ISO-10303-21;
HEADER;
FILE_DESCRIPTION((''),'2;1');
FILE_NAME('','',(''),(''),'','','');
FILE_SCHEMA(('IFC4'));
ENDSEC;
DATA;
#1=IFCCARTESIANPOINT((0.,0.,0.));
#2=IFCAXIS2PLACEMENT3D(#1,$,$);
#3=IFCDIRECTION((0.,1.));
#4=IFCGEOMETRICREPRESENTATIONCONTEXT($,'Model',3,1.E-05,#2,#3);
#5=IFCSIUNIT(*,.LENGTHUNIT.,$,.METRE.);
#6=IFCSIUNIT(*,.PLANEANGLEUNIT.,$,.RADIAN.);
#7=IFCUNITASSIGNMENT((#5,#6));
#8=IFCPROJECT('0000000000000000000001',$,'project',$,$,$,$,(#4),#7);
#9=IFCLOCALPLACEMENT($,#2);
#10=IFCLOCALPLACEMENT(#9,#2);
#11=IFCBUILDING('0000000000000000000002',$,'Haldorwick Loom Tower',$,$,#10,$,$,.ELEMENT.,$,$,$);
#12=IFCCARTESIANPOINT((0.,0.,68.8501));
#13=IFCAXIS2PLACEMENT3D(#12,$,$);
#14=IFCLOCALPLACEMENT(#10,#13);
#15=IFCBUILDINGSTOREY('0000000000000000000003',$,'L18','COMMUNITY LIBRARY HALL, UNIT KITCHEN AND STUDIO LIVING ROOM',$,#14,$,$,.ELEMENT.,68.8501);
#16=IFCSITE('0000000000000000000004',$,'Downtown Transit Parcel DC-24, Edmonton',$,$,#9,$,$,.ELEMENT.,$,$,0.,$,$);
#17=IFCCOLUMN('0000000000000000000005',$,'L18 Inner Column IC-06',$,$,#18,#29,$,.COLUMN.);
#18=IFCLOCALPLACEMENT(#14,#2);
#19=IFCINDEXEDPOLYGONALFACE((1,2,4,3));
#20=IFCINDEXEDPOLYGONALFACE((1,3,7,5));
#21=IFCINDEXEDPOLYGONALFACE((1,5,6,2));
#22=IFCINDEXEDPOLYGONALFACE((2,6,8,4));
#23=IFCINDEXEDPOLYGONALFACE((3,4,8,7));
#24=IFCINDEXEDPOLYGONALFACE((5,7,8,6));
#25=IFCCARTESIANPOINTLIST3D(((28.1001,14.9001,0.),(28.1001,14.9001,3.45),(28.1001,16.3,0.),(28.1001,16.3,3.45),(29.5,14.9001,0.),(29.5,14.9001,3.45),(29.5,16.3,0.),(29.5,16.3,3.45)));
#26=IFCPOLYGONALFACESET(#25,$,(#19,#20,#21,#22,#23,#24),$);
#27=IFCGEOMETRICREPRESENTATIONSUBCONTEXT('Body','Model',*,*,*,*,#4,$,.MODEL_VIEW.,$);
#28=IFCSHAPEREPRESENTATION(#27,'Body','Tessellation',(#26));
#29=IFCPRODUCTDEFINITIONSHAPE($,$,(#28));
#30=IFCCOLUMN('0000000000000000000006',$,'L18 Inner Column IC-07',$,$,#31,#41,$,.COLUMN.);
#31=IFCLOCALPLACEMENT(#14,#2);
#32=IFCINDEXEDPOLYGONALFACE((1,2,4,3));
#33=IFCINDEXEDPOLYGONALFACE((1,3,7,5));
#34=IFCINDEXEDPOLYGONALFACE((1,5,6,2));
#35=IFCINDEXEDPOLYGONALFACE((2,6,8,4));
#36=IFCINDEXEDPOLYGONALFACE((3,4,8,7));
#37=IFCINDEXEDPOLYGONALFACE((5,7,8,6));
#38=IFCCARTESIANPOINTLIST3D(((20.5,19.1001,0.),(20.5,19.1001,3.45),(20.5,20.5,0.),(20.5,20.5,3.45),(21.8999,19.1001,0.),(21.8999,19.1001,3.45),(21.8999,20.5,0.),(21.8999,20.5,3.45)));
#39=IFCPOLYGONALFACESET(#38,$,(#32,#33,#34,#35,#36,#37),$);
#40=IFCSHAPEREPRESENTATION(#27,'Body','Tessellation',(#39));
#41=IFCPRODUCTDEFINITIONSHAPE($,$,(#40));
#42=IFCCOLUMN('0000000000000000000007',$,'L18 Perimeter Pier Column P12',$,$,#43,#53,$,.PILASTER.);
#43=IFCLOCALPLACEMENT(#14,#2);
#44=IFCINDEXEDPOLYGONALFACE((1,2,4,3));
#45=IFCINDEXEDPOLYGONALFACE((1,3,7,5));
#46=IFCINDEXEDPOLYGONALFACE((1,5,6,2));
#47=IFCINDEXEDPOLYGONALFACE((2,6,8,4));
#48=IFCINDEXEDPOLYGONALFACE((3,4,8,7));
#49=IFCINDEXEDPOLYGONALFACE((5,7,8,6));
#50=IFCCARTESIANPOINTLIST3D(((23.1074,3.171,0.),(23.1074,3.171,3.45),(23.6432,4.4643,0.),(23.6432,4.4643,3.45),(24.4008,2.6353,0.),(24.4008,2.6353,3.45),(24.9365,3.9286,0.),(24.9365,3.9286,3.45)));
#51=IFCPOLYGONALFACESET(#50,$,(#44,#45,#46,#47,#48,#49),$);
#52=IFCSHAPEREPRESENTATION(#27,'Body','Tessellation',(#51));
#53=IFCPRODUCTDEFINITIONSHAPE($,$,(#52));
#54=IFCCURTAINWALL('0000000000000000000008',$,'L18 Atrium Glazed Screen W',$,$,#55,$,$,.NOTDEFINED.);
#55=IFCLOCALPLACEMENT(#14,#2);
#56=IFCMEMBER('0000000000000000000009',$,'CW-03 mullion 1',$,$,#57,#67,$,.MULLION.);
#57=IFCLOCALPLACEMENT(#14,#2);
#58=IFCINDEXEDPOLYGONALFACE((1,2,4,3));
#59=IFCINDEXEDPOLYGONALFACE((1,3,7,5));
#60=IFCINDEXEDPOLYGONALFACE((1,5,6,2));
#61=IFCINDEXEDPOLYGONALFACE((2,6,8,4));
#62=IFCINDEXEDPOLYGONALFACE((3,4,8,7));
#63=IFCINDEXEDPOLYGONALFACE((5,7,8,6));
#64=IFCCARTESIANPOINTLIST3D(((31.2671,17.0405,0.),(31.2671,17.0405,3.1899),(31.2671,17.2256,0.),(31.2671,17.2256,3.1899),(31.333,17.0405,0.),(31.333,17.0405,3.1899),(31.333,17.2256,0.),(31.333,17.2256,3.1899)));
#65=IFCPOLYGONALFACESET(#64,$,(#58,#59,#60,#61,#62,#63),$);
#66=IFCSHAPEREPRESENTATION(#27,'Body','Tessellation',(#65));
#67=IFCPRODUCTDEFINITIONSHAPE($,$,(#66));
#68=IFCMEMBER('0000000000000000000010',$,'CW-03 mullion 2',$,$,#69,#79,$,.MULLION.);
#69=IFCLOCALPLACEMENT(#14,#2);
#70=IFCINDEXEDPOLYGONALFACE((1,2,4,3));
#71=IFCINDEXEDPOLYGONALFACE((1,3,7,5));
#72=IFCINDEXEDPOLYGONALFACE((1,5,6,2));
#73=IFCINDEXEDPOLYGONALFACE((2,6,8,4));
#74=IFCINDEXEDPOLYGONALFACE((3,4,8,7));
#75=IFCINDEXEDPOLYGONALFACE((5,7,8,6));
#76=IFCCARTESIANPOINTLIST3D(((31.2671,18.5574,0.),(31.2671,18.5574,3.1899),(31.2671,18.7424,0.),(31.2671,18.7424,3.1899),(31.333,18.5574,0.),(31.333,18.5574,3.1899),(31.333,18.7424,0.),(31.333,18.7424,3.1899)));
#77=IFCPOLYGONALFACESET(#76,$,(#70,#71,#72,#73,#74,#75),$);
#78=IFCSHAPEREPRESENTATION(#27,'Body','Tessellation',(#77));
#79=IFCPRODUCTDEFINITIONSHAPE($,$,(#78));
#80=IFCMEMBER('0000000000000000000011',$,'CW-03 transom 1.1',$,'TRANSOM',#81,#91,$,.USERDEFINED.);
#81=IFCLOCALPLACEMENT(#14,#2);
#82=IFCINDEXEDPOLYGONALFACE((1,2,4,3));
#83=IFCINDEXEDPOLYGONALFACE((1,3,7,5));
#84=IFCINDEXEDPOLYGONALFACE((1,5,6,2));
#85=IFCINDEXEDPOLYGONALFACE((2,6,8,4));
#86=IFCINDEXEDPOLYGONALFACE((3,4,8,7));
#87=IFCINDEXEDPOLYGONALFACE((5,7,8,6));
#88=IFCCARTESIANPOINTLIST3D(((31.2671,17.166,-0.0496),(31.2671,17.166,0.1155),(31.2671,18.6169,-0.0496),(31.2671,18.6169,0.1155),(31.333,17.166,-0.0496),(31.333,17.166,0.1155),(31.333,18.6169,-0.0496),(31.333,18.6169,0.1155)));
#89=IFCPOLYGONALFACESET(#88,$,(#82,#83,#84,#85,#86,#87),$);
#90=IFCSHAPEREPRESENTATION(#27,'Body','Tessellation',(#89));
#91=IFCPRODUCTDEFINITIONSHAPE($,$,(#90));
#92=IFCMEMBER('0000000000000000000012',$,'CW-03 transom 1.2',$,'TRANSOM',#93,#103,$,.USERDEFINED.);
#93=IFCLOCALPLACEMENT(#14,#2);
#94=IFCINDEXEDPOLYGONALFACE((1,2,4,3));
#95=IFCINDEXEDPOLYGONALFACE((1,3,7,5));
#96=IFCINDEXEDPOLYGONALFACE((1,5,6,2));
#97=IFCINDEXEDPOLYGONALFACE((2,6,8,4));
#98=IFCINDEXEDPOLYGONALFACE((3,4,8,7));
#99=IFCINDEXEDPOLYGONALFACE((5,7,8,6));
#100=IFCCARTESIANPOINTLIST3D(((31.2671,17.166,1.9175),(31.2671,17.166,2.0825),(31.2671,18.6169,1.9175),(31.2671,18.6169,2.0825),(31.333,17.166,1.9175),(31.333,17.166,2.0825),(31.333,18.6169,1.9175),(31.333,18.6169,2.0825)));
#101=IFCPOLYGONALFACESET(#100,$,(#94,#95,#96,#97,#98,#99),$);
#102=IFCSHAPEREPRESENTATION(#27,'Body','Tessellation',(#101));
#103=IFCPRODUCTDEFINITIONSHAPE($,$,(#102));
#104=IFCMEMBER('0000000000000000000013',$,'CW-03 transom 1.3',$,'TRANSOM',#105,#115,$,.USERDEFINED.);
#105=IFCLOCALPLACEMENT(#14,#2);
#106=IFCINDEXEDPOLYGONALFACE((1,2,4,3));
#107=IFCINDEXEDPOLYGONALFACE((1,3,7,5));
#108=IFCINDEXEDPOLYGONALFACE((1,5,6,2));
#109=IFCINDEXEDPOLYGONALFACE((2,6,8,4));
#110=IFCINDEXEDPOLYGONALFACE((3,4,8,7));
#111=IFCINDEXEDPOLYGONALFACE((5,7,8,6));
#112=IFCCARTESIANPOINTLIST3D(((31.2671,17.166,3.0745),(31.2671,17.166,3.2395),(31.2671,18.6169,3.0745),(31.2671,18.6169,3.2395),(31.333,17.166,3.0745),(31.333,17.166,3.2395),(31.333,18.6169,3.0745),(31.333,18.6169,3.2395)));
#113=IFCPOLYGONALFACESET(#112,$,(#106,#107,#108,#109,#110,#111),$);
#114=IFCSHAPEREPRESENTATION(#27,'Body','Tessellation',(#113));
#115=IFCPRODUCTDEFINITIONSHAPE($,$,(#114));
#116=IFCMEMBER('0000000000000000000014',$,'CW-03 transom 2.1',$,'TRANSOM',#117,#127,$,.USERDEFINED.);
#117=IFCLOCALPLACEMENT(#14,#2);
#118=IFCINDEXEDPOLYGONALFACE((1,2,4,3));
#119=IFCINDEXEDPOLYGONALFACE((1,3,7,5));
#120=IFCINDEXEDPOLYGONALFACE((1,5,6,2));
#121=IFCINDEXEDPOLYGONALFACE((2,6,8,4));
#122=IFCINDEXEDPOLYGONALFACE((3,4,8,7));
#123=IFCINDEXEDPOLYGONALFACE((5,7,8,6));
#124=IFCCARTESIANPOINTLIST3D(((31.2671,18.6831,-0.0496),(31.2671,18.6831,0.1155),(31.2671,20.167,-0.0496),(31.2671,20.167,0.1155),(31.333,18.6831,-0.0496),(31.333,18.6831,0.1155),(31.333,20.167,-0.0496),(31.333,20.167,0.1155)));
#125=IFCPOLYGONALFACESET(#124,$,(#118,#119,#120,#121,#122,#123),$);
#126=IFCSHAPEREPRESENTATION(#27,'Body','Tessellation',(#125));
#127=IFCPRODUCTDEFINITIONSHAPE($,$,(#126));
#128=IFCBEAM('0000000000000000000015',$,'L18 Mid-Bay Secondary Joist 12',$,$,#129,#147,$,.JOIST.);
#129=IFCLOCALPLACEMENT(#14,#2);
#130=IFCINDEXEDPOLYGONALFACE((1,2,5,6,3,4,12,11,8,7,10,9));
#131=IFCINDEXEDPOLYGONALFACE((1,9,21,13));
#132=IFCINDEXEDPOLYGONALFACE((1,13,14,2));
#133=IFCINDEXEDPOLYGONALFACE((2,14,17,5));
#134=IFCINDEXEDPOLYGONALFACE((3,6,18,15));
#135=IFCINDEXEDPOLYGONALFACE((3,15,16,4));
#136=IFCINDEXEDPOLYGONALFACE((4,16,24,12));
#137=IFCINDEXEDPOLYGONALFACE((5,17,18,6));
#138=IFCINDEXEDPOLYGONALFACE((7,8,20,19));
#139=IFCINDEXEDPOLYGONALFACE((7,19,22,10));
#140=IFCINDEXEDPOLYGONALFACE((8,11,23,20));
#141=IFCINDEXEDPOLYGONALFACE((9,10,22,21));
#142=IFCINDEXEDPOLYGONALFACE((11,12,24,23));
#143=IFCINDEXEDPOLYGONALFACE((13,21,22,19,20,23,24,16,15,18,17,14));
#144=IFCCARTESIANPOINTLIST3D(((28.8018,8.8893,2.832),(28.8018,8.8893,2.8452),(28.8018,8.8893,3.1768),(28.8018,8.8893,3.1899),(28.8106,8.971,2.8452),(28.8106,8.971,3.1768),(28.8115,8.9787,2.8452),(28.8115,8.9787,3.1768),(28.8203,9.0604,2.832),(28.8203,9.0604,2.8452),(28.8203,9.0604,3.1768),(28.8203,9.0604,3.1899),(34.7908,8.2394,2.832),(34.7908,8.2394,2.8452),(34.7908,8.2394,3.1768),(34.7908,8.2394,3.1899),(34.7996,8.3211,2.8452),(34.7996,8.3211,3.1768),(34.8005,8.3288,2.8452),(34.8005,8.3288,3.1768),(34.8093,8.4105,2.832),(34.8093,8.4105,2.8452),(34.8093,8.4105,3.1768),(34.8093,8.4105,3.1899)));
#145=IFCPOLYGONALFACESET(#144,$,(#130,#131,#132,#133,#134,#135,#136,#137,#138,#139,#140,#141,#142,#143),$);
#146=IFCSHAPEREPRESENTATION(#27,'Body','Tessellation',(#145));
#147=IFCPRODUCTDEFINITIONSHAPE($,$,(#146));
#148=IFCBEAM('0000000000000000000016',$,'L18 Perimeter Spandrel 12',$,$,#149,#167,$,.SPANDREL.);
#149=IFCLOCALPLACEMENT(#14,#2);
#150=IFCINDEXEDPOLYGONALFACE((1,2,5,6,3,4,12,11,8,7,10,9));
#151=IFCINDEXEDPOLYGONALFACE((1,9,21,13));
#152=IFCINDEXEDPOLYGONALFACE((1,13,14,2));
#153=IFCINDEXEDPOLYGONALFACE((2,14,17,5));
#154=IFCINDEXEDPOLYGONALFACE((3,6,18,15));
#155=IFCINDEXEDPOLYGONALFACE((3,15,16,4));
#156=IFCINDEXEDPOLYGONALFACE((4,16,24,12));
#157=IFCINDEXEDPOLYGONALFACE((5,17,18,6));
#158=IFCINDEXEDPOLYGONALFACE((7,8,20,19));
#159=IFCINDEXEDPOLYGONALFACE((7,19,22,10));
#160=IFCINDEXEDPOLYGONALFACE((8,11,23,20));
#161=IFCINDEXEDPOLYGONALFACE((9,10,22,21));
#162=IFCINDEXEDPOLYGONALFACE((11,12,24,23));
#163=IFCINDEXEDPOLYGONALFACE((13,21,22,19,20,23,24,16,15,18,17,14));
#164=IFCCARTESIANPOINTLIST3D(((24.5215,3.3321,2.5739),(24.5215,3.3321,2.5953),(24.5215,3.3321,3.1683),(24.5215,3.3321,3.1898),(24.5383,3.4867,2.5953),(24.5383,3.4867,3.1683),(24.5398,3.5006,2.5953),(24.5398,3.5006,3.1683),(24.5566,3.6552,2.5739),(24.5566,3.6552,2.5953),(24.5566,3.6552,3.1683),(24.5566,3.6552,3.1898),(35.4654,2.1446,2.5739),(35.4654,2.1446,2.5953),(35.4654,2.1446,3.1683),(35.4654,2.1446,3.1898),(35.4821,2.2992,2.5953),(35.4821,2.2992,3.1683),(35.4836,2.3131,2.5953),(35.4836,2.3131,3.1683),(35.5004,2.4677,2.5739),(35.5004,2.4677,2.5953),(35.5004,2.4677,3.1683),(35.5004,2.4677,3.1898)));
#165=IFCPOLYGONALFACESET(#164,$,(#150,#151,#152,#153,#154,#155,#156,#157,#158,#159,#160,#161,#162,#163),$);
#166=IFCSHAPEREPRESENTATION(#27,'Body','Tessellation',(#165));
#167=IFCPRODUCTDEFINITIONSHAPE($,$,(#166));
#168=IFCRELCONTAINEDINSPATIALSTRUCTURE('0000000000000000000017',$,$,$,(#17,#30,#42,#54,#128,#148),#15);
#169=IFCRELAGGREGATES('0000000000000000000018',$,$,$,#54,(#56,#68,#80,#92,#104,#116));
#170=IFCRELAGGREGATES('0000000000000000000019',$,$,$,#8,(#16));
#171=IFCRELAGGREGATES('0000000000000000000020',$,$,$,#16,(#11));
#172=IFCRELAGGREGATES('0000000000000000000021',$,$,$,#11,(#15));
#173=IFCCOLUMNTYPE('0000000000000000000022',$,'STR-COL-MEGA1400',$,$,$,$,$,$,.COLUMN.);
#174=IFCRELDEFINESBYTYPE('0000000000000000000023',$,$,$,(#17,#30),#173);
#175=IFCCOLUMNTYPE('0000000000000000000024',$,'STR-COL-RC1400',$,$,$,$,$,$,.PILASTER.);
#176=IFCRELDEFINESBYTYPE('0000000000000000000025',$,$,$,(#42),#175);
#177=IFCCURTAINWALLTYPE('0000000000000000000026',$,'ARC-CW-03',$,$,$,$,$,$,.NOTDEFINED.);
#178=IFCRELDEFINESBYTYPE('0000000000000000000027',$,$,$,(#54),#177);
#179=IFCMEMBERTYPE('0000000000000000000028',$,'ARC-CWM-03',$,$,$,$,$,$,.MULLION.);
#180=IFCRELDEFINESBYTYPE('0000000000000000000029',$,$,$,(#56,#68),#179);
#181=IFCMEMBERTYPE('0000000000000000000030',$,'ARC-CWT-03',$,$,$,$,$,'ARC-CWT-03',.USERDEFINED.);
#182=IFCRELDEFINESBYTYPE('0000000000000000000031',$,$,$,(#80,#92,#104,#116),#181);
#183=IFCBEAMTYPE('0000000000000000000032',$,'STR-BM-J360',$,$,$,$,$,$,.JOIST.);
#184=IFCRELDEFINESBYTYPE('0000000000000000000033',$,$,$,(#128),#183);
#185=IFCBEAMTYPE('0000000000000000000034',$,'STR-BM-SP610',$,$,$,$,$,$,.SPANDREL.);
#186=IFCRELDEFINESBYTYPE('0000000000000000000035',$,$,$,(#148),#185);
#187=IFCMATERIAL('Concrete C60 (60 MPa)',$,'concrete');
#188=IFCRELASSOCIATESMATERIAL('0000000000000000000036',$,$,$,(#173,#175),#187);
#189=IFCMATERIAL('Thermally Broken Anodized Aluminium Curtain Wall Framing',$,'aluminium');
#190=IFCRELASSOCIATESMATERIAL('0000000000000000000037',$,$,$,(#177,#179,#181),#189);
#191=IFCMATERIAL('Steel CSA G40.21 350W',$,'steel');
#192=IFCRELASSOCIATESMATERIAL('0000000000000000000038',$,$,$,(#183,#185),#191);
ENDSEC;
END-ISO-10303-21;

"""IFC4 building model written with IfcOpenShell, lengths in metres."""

from ifc_helpers import new_model, si_unit, direction, frame, origin, origin_2d, place, context, subcontext, project, spatial, rectangle, i_section, extrude, material, material_profile, profile_set, type_object, element, aggregate, save


model = new_model("IFC4")

# Units and contexts
model_context = context("Model", 3, precision=1e-05, world=origin(), true_north=direction((0.0, 1.0)))
body_context = subcontext(model_context, "Body", "Model", "MODEL_VIEW")
ifc_project = project(units=[si_unit("LENGTHUNIT", "METRE"), si_unit("PLANEANGLEUNIT", "RADIAN")], contexts=[model_context])

# Site, building, storey
site_placement = place(None, origin())
site = spatial("IfcSite", under=ifc_project, at=site_placement, Name="Downtown Transit Parcel DC-24, Edmonton", CompositionType="ELEMENT", RefElevation=0.0)
building_placement = place(site_placement, origin())
building = spatial("IfcBuilding", under=site, at=building_placement, Name="Haldorwick Loom Tower", CompositionType="ELEMENT")
storey_placement = place(building_placement, frame((0.0, 0.0, 68.8501)))
storey = spatial("IfcBuildingStorey", under=building, at=storey_placement, Name="L18", Description="COMMUNITY LIBRARY HALL, UNIT KITCHEN AND STUDIO LIVING ROOM", CompositionType="ELEMENT", Elevation=68.8501)

# Columns
ifc_material_1 = material(Name="Concrete C60 (60 MPa)", Category="concrete")
ifc_material_profile_1 = material_profile(ifc_material_1, rectangle(XDim=1.3999, YDim=1.3999, at=origin_2d()), Name="RC1400X1400", Category="concrete")
ifc_profile_set_1 = profile_set([ifc_material_profile_1], Name="Concrete C60 (60 MPa)")
column_type_1 = type_object("IfcColumnType", Name="STR-COL-MEGA1400", PredefinedType="COLUMN", material=ifc_profile_set_1)
for number, where, z_axis, x_axis, name in (
    (1, (28.8, 15.6001, 0.0), (0.0, 0.0, 1.0), (1.0, 0.0, 0.0), "L18 Inner Column IC-06"),
    (2, (21.2, 19.8, 0.0), (0.0, 0.0, 1.0), (1.0, 0.0, 0.0), "L18 Inner Column IC-07"),
):
    element("IfcColumn", number, at=place(storey_placement, frame(where, z_axis=z_axis, x_axis=x_axis)), inside=storey, type_object=column_type_1, Name=name, PredefinedType="COLUMN", context=body_context, shape_type="SweptSolid", body=[
        extrude(rectangle(XDim=1.3999, YDim=1.3999, at=origin_2d()), origin(), (0.0, 0.0, 1.0), 3.45),
    ])
ifc_material_profile_2 = material_profile(ifc_material_1, rectangle(XDim=1.3999, YDim=1.3999, at=origin_2d()), Name="RC1400X1400", Category="concrete")
ifc_profile_set_2 = profile_set([ifc_material_profile_2], Name="Concrete C60 (60 MPa)")
column_type_2 = type_object("IfcColumnType", Name="STR-COL-RC1400", PredefinedType="PILASTER", material=ifc_profile_set_2)
column_placement = place(storey_placement, frame((24.022, 3.5498, 0.0), z_axis=(0.0, 0.0, 1.0), x_axis=(-0.382683, -0.92388, 0.0)))
element("IfcColumn", 3, at=column_placement, inside=storey, type_object=column_type_2, Name="L18 Perimeter Pier Column P12", PredefinedType="PILASTER", context=body_context, shape_type="SweptSolid", body=[
    extrude(rectangle(XDim=1.3999, YDim=1.3999, at=origin_2d()), origin(), (0.0, 0.0, 1.0), 3.45),
])

# Curtain wall, members
ifc_material_2 = material(Name="Thermally Broken Anodized Aluminium Curtain Wall Framing", Category="aluminium")
curtain_wall_type = type_object("IfcCurtainWallType", Name="ARC-CW-03", PredefinedType="NOTDEFINED", material=ifc_material_2)
curtain_wall_placement = place(storey_placement, origin())
curtain_wall = element("IfcCurtainWall", 4, at=curtain_wall_placement, inside=storey, type_object=curtain_wall_type, Name="L18 Atrium Glazed Screen W", PredefinedType="NOTDEFINED")
ifc_material_profile_3 = material_profile(ifc_material_2, rectangle(XDim=0.0659, YDim=0.1851, at=origin_2d()), Name="ALU_MUL_66X185", Category="aluminium")
ifc_profile_set_3 = profile_set([ifc_material_profile_3], Name="Thermally Broken Anodized Aluminium Curtain Wall Framing")
member_type_1 = type_object("IfcMemberType", Name="ARC-CWM-03", PredefinedType="MULLION", material=ifc_profile_set_3)
member_1_placement = place(storey_placement, frame((31.3, 17.1331, 0.0), z_axis=(0.0, 0.0, 1.0), x_axis=(-1.0, 0.0, 0.0)))
member_1 = element("IfcMember", 5, at=member_1_placement, type_object=member_type_1, Name="CW-03 mullion 1", PredefinedType="MULLION", context=body_context, shape_type="SweptSolid", body=[
    extrude(rectangle(XDim=0.0659, YDim=0.1851, at=origin_2d()), origin(), (0.0, 0.0, 1.0), 3.1899),
])
member_2_placement = place(storey_placement, frame((31.3, 18.6499, 0.0), z_axis=(0.0, 0.0, 1.0), x_axis=(-1.0, 0.0, 0.0)))
member_2 = element("IfcMember", 6, at=member_2_placement, type_object=member_type_1, Name="CW-03 mullion 2", PredefinedType="MULLION", context=body_context, shape_type="SweptSolid", body=[
    extrude(rectangle(XDim=0.0659, YDim=0.1851, at=origin_2d()), origin(), (0.0, 0.0, 1.0), 3.1899),
])
ifc_material_profile_4 = material_profile(ifc_material_2, rectangle(XDim=0.0659, YDim=0.165, at=origin_2d()), Name="ALU_TRN_66X165", Category="aluminium")
ifc_profile_set_4 = profile_set([ifc_material_profile_4], Name="Thermally Broken Anodized Aluminium Curtain Wall Framing")
member_type_2 = type_object("IfcMemberType", Name="ARC-CWT-03", ElementType="ARC-CWT-03", PredefinedType="USERDEFINED", material=ifc_profile_set_4)
member_3_placement = place(storey_placement, frame((31.3, 17.166, 0.033), z_axis=(0.0, 1.0, 0.0), x_axis=(-1.0, 0.0, 0.0)))
member_3 = element("IfcMember", 7, at=member_3_placement, type_object=member_type_2, Name="CW-03 transom 1.1", ObjectType="TRANSOM", PredefinedType="USERDEFINED", context=body_context, shape_type="SweptSolid", body=[
    extrude(rectangle(XDim=0.0659, YDim=0.165, at=origin_2d()), origin(), (0.0, 0.0, 1.0), 1.4509),
])
member_4_placement = place(storey_placement, frame((31.3, 17.166, 2.0), z_axis=(0.0, 1.0, 0.0), x_axis=(-1.0, 0.0, 0.0)))
member_4 = element("IfcMember", 8, at=member_4_placement, type_object=member_type_2, Name="CW-03 transom 1.2", ObjectType="TRANSOM", PredefinedType="USERDEFINED", context=body_context, shape_type="SweptSolid", body=[
    extrude(rectangle(XDim=0.0659, YDim=0.165, at=origin_2d()), origin(), (0.0, 0.0, 1.0), 1.4509),
])
member_5_placement = place(storey_placement, frame((31.3, 17.166, 3.157), z_axis=(0.0, 1.0, 0.0), x_axis=(-1.0, 0.0, 0.0)))
member_5 = element("IfcMember", 9, at=member_5_placement, type_object=member_type_2, Name="CW-03 transom 1.3", ObjectType="TRANSOM", PredefinedType="USERDEFINED", context=body_context, shape_type="SweptSolid", body=[
    extrude(rectangle(XDim=0.0659, YDim=0.165, at=origin_2d()), origin(), (0.0, 0.0, 1.0), 1.4509),
])
member_6_placement = place(storey_placement, frame((31.3, 18.6831, 0.033), z_axis=(0.0, 1.0, 0.0), x_axis=(-1.0, 0.0, 0.0)))
member_6 = element("IfcMember", 10, at=member_6_placement, type_object=member_type_2, Name="CW-03 transom 2.1", ObjectType="TRANSOM", PredefinedType="USERDEFINED", context=body_context, shape_type="SweptSolid", body=[
    extrude(rectangle(XDim=0.0659, YDim=0.165, at=origin_2d()), origin(), (0.0, 0.0, 1.0), 1.4839),
])

# Beams
ifc_material_3 = material(Name="Steel CSA G40.21 350W", Category="steel")
ifc_material_profile_5 = material_profile(ifc_material_3, i_section(OverallWidth=0.1721, OverallDepth=0.3579, WebThickness=0.0078, FlangeThickness=0.0132, at=origin_2d()), Name="W360X57", Category="steel")
ifc_profile_set_5 = profile_set([ifc_material_profile_5], Name="Steel CSA G40.21 350W")
beam_type_1 = type_object("IfcBeamType", Name="STR-BM-J360", PredefinedType="JOIST", material=ifc_profile_set_5)
beam_1_placement = place(storey_placement, frame((28.811, 8.9749, 3.011), z_axis=(0.994164, -0.107882, 0.0), x_axis=(0.107882, 0.994164, 0.0)))
element("IfcBeam", 11, at=beam_1_placement, inside=storey, type_object=beam_type_1, Name="L18 Mid-Bay Secondary Joist 12", PredefinedType="JOIST", context=body_context, shape_type="SweptSolid", body=[
    extrude(i_section(OverallWidth=0.1721, OverallDepth=0.3579, WebThickness=0.0078, FlangeThickness=0.0132, at=origin_2d()), origin(), (0.0, 0.0, 1.0), 6.0242),
])
ifc_material_profile_6 = material_profile(ifc_material_3, i_section(OverallWidth=0.325, OverallDepth=0.616, WebThickness=0.0139, FlangeThickness=0.0215, at=origin_2d()), Name="W610X174", Category="steel")
ifc_profile_set_6 = profile_set([ifc_material_profile_6], Name="Steel CSA G40.21 350W")
beam_type_2 = type_object("IfcBeamType", Name="STR-BM-SP610", PredefinedType="SPANDREL", material=ifc_profile_set_6)
beam_2_placement = place(storey_placement, frame((24.5391, 3.4937, 2.8818), z_axis=(0.994164, -0.107875, 0.0), x_axis=(0.107875, 0.994164, 0.0)))
element("IfcBeam", 12, at=beam_2_placement, inside=storey, type_object=beam_type_2, Name="L18 Perimeter Spandrel 12", PredefinedType="SPANDREL", context=body_context, shape_type="SweptSolid", body=[
    extrude(i_section(OverallWidth=0.325, OverallDepth=0.616, WebThickness=0.0139, FlangeThickness=0.0215, at=origin_2d()), origin(), (0.0, 0.0, 1.0), 11.0081),
])

aggregate(curtain_wall, [member_1, member_2, member_3, member_4, member_5, member_6])

save(model, "model.ifc")
